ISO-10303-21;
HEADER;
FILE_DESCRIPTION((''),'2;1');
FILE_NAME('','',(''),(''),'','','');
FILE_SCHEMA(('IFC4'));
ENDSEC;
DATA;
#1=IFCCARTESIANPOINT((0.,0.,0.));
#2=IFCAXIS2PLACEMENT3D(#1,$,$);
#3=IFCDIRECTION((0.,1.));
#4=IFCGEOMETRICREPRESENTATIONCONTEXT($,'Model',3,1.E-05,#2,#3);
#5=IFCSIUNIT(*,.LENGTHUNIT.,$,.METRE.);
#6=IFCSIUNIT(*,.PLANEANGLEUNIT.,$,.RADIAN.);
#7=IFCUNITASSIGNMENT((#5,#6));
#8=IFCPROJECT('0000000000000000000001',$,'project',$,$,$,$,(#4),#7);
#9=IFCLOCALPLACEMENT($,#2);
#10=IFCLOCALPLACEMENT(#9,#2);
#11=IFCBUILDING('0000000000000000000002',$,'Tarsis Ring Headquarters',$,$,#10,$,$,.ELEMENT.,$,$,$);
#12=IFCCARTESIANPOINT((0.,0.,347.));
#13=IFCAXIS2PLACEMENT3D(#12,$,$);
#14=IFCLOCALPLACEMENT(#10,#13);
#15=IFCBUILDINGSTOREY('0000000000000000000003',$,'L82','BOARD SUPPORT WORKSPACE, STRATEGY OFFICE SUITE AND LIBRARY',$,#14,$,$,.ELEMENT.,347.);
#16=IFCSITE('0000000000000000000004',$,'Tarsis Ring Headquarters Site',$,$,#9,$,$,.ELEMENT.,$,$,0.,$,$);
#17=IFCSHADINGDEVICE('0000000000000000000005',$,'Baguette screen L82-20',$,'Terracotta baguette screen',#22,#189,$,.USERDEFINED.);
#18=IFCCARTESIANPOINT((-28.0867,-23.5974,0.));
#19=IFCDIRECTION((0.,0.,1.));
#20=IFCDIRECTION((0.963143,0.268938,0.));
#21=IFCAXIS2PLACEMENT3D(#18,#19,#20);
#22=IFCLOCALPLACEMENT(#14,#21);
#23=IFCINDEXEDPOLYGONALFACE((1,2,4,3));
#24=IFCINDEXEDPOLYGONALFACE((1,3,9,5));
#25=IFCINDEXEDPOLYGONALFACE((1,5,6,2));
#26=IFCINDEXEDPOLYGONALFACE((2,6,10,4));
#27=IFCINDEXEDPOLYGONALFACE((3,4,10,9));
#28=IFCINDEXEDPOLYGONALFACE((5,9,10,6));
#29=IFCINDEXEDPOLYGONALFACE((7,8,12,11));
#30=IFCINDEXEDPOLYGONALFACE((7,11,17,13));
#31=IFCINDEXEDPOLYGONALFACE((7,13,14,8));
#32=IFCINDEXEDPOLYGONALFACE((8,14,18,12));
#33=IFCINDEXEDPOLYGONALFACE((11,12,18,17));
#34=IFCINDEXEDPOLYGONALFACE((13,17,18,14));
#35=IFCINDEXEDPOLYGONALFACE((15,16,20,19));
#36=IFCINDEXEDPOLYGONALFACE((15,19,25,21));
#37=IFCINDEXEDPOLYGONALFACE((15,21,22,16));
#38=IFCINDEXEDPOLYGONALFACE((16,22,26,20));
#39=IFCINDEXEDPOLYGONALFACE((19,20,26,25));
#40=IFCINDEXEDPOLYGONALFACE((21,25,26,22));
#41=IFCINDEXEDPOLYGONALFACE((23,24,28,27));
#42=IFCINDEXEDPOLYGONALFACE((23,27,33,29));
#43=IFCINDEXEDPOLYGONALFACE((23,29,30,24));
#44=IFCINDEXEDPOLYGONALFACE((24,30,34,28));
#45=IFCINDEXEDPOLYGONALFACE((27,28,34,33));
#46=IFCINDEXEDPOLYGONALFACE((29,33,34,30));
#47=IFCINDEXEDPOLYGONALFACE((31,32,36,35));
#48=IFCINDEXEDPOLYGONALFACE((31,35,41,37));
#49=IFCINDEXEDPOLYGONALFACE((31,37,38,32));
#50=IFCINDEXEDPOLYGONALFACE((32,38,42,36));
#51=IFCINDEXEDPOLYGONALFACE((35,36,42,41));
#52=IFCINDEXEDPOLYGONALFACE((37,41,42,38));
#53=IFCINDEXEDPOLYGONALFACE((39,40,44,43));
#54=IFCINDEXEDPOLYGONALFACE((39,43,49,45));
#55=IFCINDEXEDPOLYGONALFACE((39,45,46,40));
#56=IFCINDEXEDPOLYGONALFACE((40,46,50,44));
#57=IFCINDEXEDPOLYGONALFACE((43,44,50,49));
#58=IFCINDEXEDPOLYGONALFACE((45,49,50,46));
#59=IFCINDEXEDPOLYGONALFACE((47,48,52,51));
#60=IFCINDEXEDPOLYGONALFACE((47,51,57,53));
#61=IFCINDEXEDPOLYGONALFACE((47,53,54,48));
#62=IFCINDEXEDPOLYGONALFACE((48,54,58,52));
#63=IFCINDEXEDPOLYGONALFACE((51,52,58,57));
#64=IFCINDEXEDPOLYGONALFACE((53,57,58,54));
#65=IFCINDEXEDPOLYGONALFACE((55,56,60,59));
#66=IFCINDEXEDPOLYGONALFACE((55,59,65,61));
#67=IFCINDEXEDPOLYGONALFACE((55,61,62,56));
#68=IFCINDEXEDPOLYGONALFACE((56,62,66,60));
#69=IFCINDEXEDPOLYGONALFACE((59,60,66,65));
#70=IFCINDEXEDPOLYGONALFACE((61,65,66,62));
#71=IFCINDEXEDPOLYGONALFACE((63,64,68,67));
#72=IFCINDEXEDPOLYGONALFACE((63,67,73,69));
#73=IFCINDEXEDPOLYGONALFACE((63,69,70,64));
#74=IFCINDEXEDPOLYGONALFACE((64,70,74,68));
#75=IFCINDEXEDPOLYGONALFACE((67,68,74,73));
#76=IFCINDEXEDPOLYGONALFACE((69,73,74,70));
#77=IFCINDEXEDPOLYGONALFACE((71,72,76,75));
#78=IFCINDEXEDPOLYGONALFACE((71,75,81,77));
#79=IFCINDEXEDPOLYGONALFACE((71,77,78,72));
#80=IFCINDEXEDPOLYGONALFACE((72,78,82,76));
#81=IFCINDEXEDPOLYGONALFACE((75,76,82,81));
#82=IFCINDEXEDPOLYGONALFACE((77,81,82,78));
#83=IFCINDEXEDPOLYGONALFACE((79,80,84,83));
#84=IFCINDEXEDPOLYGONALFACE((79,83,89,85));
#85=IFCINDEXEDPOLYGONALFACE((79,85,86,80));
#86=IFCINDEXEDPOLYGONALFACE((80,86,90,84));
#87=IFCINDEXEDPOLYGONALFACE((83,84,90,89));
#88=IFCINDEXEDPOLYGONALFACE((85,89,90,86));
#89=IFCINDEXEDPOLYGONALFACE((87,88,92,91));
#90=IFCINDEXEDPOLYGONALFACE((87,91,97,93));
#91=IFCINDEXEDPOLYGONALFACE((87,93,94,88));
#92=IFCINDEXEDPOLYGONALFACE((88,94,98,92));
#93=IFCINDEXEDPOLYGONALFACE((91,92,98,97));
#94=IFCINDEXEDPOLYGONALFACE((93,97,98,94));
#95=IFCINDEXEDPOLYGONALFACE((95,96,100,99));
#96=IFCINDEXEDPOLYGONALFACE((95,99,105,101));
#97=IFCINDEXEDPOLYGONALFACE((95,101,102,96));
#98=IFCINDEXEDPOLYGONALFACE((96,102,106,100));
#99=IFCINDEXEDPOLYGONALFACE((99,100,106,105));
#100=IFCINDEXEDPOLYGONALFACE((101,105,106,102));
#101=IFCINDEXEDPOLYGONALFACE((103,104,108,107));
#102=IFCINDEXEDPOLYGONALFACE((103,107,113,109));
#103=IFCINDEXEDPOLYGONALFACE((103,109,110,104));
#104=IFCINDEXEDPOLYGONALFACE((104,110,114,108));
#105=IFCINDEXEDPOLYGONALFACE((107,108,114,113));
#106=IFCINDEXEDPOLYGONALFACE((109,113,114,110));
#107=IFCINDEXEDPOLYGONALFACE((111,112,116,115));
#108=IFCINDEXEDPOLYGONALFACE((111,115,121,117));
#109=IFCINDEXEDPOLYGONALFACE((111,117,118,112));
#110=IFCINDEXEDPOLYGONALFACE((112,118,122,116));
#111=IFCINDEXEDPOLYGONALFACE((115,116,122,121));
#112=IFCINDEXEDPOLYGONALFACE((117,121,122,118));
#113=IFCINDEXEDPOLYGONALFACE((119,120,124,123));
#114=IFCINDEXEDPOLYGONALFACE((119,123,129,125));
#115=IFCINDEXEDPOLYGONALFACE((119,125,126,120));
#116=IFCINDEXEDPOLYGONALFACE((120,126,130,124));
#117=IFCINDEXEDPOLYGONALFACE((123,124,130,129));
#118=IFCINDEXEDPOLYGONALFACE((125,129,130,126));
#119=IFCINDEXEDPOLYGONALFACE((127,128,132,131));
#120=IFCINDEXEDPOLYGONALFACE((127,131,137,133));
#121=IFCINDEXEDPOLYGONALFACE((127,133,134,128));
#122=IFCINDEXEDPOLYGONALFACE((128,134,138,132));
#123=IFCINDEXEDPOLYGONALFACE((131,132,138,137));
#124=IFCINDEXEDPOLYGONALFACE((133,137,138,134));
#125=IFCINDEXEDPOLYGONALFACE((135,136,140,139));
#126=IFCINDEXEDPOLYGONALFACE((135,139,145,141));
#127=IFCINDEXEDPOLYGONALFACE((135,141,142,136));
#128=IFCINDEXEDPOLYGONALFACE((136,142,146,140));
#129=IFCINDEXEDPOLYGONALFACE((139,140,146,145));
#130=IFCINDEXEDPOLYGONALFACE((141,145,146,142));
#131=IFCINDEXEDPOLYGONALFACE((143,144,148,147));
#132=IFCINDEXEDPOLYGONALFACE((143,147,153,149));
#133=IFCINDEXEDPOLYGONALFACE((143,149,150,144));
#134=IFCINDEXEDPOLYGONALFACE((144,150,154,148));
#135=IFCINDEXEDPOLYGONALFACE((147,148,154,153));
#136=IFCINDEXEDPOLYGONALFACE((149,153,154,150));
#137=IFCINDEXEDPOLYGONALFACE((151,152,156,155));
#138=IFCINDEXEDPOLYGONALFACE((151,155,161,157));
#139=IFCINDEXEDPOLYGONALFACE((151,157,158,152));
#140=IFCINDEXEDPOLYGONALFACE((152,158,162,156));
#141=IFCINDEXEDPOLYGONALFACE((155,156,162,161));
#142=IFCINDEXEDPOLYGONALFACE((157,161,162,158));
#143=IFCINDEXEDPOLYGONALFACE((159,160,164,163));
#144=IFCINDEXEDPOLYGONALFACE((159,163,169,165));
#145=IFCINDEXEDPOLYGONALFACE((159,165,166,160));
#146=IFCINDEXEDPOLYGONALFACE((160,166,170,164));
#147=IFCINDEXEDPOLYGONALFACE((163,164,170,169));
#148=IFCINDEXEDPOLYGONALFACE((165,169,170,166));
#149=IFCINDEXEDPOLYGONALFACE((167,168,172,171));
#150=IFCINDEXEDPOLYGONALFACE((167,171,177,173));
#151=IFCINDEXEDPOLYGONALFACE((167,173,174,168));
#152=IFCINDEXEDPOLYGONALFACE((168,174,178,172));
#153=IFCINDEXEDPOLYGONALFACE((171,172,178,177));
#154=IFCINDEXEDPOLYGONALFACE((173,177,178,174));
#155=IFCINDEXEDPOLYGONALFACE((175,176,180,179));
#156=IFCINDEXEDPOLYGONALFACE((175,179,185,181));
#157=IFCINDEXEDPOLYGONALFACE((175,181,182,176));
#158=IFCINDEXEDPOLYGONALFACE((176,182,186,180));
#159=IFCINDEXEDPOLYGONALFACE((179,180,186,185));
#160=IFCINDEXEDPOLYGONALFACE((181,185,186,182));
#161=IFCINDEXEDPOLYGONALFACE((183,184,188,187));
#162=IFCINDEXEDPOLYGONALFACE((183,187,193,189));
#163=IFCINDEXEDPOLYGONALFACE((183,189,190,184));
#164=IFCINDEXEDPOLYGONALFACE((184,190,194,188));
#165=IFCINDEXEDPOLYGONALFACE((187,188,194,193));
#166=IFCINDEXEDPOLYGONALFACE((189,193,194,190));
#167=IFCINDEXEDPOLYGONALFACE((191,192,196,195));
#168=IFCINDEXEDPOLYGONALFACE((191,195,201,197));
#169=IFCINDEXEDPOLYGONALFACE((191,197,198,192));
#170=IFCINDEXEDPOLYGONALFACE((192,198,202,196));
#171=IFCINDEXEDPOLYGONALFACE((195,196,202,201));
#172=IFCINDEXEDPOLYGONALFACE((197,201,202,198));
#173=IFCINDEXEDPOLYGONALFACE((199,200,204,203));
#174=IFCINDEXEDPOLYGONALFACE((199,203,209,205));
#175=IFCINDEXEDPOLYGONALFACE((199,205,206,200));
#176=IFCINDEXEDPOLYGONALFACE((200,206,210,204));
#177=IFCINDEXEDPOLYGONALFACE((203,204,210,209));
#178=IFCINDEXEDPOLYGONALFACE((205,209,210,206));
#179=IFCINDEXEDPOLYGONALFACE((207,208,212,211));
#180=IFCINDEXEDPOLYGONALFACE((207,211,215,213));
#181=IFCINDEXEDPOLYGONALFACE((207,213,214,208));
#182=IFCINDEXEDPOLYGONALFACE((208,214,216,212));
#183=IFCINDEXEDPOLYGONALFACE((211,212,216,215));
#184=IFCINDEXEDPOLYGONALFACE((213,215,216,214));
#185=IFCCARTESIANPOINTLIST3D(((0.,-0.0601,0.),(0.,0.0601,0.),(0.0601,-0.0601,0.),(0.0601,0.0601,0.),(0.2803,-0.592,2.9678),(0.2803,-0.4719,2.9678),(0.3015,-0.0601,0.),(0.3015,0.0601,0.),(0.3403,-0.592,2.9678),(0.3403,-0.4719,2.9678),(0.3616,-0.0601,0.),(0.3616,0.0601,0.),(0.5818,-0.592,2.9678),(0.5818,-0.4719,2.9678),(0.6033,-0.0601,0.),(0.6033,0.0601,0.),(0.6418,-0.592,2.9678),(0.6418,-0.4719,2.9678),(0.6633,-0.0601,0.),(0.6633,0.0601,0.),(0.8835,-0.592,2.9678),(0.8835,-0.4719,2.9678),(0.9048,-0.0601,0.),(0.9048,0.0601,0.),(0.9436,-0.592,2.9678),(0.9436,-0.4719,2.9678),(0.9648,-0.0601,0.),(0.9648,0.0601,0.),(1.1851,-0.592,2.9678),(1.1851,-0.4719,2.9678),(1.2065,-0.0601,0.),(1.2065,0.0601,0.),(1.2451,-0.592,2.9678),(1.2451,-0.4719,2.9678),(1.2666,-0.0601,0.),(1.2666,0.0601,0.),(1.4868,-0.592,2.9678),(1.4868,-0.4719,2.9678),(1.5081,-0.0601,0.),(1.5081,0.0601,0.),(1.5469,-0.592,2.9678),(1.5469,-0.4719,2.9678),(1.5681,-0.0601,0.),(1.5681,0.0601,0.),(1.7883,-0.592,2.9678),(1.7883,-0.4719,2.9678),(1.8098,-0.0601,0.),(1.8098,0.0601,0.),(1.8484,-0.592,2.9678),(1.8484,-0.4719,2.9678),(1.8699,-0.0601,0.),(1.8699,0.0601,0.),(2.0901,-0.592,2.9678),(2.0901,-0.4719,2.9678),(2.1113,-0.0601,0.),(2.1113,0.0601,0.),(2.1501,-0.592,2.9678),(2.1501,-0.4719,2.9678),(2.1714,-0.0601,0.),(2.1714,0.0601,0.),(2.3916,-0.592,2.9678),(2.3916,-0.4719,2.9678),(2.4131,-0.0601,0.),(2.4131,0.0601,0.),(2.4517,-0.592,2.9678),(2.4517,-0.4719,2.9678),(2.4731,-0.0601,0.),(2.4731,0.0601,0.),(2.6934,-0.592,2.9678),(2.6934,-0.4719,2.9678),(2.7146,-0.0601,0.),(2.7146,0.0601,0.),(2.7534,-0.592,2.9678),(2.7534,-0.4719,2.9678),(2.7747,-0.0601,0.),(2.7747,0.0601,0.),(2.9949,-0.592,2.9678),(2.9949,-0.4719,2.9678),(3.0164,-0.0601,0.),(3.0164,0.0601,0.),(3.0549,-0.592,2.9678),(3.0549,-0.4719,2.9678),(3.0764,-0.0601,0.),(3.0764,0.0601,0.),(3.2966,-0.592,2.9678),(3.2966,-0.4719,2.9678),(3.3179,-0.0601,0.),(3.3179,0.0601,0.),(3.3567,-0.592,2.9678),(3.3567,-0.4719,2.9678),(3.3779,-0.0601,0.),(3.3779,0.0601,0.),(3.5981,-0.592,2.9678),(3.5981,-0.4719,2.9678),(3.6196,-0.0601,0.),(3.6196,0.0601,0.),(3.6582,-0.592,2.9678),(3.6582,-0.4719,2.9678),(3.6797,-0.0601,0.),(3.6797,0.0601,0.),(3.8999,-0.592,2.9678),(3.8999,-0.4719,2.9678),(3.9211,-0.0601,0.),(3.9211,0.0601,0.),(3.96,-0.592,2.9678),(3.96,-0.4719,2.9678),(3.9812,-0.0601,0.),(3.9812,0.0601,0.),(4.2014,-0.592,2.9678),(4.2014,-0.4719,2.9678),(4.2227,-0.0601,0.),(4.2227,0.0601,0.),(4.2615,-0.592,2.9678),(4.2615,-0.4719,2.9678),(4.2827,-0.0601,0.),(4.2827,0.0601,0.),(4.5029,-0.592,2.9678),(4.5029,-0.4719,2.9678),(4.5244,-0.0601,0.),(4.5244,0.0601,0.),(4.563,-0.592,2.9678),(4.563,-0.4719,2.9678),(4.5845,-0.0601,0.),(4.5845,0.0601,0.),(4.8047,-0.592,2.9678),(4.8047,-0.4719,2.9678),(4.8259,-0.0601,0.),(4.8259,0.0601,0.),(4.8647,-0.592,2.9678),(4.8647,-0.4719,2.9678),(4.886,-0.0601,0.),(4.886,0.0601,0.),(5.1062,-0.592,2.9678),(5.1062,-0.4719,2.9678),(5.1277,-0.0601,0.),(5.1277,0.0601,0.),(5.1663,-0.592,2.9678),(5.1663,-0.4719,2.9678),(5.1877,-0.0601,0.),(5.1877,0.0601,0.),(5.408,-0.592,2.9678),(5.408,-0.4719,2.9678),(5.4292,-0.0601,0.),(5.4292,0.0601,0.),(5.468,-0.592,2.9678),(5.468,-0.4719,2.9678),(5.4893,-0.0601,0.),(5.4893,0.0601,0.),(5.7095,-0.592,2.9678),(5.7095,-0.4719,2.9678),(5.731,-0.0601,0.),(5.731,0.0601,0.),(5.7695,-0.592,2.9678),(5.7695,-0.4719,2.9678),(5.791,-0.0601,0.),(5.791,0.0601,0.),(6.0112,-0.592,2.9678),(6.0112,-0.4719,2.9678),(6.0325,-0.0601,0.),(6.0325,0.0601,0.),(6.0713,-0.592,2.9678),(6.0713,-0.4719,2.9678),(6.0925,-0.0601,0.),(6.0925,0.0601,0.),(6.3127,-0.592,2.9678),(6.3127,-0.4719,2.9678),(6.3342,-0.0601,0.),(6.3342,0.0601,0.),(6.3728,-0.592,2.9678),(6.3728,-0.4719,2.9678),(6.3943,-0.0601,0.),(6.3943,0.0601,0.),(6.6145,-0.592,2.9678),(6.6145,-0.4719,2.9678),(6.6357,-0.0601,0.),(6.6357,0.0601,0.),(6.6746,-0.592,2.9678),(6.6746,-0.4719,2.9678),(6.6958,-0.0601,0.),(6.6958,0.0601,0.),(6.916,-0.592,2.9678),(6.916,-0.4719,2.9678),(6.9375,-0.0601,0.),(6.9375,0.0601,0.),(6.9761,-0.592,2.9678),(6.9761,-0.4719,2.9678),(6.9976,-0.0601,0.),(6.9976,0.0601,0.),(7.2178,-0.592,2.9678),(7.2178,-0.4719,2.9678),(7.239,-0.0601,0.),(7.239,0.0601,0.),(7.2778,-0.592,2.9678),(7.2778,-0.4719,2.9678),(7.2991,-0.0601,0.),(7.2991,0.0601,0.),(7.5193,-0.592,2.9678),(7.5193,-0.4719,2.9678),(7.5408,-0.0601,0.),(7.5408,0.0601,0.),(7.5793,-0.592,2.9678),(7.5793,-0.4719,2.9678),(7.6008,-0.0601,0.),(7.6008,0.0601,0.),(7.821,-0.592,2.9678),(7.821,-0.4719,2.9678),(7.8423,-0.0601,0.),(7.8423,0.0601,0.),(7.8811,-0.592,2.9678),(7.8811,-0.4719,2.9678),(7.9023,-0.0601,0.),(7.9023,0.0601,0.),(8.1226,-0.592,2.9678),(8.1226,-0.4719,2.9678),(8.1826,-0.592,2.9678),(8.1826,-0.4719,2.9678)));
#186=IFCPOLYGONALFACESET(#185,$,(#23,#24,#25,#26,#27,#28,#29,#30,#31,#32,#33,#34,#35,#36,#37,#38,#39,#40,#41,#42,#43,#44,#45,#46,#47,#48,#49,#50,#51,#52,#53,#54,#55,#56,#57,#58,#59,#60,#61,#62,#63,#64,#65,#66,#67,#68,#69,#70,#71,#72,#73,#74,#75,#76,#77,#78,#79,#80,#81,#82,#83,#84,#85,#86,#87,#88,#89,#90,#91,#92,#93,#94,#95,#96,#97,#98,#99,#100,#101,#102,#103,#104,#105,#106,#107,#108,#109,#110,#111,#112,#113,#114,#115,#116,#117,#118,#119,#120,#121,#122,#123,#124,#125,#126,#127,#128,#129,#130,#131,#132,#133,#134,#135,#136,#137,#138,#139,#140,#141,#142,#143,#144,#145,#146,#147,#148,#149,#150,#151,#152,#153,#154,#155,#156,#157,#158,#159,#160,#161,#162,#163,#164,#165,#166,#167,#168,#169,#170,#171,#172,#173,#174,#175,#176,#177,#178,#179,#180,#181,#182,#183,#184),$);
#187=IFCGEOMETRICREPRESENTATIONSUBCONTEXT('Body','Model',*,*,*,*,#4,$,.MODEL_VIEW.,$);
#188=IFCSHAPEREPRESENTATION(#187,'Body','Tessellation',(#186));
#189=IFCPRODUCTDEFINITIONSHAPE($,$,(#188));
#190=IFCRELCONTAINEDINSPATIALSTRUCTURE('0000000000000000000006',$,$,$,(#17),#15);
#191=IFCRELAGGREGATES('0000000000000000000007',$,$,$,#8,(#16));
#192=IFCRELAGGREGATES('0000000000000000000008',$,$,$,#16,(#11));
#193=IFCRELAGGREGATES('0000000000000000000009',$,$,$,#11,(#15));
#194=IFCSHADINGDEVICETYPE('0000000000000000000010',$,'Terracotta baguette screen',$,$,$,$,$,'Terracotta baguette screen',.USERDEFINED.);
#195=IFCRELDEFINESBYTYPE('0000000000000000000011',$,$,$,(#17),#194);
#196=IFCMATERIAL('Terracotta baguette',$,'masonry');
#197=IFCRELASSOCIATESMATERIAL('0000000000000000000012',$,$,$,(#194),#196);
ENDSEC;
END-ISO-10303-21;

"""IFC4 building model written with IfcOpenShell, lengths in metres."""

from ifc_helpers import new_model, si_unit, direction, frame, frame_2d, origin, place, context, subcontext, project, spatial, rectangle, composite_profile, extrude, material, type_object, element, save


model = new_model("IFC4")

# Units and contexts
model_context = context("Model", 3, precision=1e-05, world=origin(), true_north=direction((0.0, 1.0)))
body_context = subcontext(model_context, "Body", "Model", "MODEL_VIEW")
ifc_project = project(units=[si_unit("LENGTHUNIT", "METRE"), si_unit("PLANEANGLEUNIT", "RADIAN")], contexts=[model_context])

# Site, building, storey
site_placement = place(None, origin())
site = spatial("IfcSite", under=ifc_project, at=site_placement, Name="Tarsis Ring Headquarters Site", CompositionType="ELEMENT", RefElevation=0.0)
building_placement = place(site_placement, origin())
building = spatial("IfcBuilding", under=site, at=building_placement, Name="Tarsis Ring Headquarters", CompositionType="ELEMENT")
storey_placement = place(building_placement, frame((0.0, 0.0, 347.0)))
storey = spatial("IfcBuildingStorey", under=building, at=storey_placement, Name="L82", Description="BOARD SUPPORT WORKSPACE, STRATEGY OFFICE SUITE AND LIBRARY", CompositionType="ELEMENT", Elevation=347.0)

# Shading device
ifc_material_1 = material(Name="Terracotta baguette", Category="masonry")
shading_device_type_1 = type_object("IfcShadingDeviceType", Name="Terracotta baguette screen", ElementType="Terracotta baguette screen", PredefinedType="USERDEFINED", material=ifc_material_1)
shading_device_1_placement = place(storey_placement, frame((-28.0867, -23.5974, 0.0), z_axis=(0.0, 0.0, 1.0), x_axis=(0.963143, 0.268938, 0.0)))
element("IfcShadingDevice", 1, at=shading_device_1_placement, inside=storey, type_object=shading_device_type_1, Name="Baguette screen L82-20", ObjectType="Terracotta baguette screen", PredefinedType="USERDEFINED", context=body_context, shape_type="SweptSolid", body=[
    extrude(composite_profile([rectangle(XDim=0.0601, YDim=0.1201, at=frame_2d((0.03, 0.0))), rectangle(XDim=0.0601, YDim=0.1201, at=frame_2d((0.3315, 0.0))), rectangle(XDim=0.0601, YDim=0.1201, at=frame_2d((0.6333, 0.0))), rectangle(XDim=0.0601, YDim=0.1201, at=frame_2d((0.9348, 0.0))), rectangle(XDim=0.0601, YDim=0.1201, at=frame_2d((1.2366, 0.0))), rectangle(XDim=0.0601, YDim=0.1201, at=frame_2d((1.5381, 0.0))), rectangle(XDim=0.0601, YDim=0.1201, at=frame_2d((1.8398, 0.0))), rectangle(XDim=0.0601, YDim=0.1201, at=frame_2d((2.1414, 0.0))), rectangle(XDim=0.0601, YDim=0.1201, at=frame_2d((2.4431, 0.0))), rectangle(XDim=0.0601, YDim=0.1201, at=frame_2d((2.7446, 0.0))), rectangle(XDim=0.0601, YDim=0.1201, at=frame_2d((3.0464, 0.0))), rectangle(XDim=0.0601, YDim=0.1201, at=frame_2d((3.3479, 0.0))), rectangle(XDim=0.0601, YDim=0.1201, at=frame_2d((3.6497, 0.0))), rectangle(XDim=0.0601, YDim=0.1201, at=frame_2d((3.9512, 0.0))), rectangle(XDim=0.0601, YDim=0.1201, at=frame_2d((4.2527, 0.0))), rectangle(XDim=0.0601, YDim=0.1201, at=frame_2d((4.5544, 0.0))), rectangle(XDim=0.0601, YDim=0.1201, at=frame_2d((4.856, 0.0))), rectangle(XDim=0.0601, YDim=0.1201, at=frame_2d((5.1577, 0.0))), rectangle(XDim=0.0601, YDim=0.1201, at=frame_2d((5.4592, 0.0))), rectangle(XDim=0.0601, YDim=0.1201, at=frame_2d((5.761, 0.0))), rectangle(XDim=0.0601, YDim=0.1201, at=frame_2d((6.0625, 0.0))), rectangle(XDim=0.0601, YDim=0.1201, at=frame_2d((6.3643, 0.0))), rectangle(XDim=0.0601, YDim=0.1201, at=frame_2d((6.6658, 0.0))), rectangle(XDim=0.0601, YDim=0.1201, at=frame_2d((6.9675, 0.0))), rectangle(XDim=0.0601, YDim=0.1201, at=frame_2d((7.269, 0.0))), rectangle(XDim=0.0601, YDim=0.1201, at=frame_2d((7.5708, 0.0))), rectangle(XDim=0.0601, YDim=0.1201, at=frame_2d((7.8723, 0.0)))]), origin(), (0.092556, -0.175679, 0.980087), 3.0281),
])

save(model, "model.ifc")
